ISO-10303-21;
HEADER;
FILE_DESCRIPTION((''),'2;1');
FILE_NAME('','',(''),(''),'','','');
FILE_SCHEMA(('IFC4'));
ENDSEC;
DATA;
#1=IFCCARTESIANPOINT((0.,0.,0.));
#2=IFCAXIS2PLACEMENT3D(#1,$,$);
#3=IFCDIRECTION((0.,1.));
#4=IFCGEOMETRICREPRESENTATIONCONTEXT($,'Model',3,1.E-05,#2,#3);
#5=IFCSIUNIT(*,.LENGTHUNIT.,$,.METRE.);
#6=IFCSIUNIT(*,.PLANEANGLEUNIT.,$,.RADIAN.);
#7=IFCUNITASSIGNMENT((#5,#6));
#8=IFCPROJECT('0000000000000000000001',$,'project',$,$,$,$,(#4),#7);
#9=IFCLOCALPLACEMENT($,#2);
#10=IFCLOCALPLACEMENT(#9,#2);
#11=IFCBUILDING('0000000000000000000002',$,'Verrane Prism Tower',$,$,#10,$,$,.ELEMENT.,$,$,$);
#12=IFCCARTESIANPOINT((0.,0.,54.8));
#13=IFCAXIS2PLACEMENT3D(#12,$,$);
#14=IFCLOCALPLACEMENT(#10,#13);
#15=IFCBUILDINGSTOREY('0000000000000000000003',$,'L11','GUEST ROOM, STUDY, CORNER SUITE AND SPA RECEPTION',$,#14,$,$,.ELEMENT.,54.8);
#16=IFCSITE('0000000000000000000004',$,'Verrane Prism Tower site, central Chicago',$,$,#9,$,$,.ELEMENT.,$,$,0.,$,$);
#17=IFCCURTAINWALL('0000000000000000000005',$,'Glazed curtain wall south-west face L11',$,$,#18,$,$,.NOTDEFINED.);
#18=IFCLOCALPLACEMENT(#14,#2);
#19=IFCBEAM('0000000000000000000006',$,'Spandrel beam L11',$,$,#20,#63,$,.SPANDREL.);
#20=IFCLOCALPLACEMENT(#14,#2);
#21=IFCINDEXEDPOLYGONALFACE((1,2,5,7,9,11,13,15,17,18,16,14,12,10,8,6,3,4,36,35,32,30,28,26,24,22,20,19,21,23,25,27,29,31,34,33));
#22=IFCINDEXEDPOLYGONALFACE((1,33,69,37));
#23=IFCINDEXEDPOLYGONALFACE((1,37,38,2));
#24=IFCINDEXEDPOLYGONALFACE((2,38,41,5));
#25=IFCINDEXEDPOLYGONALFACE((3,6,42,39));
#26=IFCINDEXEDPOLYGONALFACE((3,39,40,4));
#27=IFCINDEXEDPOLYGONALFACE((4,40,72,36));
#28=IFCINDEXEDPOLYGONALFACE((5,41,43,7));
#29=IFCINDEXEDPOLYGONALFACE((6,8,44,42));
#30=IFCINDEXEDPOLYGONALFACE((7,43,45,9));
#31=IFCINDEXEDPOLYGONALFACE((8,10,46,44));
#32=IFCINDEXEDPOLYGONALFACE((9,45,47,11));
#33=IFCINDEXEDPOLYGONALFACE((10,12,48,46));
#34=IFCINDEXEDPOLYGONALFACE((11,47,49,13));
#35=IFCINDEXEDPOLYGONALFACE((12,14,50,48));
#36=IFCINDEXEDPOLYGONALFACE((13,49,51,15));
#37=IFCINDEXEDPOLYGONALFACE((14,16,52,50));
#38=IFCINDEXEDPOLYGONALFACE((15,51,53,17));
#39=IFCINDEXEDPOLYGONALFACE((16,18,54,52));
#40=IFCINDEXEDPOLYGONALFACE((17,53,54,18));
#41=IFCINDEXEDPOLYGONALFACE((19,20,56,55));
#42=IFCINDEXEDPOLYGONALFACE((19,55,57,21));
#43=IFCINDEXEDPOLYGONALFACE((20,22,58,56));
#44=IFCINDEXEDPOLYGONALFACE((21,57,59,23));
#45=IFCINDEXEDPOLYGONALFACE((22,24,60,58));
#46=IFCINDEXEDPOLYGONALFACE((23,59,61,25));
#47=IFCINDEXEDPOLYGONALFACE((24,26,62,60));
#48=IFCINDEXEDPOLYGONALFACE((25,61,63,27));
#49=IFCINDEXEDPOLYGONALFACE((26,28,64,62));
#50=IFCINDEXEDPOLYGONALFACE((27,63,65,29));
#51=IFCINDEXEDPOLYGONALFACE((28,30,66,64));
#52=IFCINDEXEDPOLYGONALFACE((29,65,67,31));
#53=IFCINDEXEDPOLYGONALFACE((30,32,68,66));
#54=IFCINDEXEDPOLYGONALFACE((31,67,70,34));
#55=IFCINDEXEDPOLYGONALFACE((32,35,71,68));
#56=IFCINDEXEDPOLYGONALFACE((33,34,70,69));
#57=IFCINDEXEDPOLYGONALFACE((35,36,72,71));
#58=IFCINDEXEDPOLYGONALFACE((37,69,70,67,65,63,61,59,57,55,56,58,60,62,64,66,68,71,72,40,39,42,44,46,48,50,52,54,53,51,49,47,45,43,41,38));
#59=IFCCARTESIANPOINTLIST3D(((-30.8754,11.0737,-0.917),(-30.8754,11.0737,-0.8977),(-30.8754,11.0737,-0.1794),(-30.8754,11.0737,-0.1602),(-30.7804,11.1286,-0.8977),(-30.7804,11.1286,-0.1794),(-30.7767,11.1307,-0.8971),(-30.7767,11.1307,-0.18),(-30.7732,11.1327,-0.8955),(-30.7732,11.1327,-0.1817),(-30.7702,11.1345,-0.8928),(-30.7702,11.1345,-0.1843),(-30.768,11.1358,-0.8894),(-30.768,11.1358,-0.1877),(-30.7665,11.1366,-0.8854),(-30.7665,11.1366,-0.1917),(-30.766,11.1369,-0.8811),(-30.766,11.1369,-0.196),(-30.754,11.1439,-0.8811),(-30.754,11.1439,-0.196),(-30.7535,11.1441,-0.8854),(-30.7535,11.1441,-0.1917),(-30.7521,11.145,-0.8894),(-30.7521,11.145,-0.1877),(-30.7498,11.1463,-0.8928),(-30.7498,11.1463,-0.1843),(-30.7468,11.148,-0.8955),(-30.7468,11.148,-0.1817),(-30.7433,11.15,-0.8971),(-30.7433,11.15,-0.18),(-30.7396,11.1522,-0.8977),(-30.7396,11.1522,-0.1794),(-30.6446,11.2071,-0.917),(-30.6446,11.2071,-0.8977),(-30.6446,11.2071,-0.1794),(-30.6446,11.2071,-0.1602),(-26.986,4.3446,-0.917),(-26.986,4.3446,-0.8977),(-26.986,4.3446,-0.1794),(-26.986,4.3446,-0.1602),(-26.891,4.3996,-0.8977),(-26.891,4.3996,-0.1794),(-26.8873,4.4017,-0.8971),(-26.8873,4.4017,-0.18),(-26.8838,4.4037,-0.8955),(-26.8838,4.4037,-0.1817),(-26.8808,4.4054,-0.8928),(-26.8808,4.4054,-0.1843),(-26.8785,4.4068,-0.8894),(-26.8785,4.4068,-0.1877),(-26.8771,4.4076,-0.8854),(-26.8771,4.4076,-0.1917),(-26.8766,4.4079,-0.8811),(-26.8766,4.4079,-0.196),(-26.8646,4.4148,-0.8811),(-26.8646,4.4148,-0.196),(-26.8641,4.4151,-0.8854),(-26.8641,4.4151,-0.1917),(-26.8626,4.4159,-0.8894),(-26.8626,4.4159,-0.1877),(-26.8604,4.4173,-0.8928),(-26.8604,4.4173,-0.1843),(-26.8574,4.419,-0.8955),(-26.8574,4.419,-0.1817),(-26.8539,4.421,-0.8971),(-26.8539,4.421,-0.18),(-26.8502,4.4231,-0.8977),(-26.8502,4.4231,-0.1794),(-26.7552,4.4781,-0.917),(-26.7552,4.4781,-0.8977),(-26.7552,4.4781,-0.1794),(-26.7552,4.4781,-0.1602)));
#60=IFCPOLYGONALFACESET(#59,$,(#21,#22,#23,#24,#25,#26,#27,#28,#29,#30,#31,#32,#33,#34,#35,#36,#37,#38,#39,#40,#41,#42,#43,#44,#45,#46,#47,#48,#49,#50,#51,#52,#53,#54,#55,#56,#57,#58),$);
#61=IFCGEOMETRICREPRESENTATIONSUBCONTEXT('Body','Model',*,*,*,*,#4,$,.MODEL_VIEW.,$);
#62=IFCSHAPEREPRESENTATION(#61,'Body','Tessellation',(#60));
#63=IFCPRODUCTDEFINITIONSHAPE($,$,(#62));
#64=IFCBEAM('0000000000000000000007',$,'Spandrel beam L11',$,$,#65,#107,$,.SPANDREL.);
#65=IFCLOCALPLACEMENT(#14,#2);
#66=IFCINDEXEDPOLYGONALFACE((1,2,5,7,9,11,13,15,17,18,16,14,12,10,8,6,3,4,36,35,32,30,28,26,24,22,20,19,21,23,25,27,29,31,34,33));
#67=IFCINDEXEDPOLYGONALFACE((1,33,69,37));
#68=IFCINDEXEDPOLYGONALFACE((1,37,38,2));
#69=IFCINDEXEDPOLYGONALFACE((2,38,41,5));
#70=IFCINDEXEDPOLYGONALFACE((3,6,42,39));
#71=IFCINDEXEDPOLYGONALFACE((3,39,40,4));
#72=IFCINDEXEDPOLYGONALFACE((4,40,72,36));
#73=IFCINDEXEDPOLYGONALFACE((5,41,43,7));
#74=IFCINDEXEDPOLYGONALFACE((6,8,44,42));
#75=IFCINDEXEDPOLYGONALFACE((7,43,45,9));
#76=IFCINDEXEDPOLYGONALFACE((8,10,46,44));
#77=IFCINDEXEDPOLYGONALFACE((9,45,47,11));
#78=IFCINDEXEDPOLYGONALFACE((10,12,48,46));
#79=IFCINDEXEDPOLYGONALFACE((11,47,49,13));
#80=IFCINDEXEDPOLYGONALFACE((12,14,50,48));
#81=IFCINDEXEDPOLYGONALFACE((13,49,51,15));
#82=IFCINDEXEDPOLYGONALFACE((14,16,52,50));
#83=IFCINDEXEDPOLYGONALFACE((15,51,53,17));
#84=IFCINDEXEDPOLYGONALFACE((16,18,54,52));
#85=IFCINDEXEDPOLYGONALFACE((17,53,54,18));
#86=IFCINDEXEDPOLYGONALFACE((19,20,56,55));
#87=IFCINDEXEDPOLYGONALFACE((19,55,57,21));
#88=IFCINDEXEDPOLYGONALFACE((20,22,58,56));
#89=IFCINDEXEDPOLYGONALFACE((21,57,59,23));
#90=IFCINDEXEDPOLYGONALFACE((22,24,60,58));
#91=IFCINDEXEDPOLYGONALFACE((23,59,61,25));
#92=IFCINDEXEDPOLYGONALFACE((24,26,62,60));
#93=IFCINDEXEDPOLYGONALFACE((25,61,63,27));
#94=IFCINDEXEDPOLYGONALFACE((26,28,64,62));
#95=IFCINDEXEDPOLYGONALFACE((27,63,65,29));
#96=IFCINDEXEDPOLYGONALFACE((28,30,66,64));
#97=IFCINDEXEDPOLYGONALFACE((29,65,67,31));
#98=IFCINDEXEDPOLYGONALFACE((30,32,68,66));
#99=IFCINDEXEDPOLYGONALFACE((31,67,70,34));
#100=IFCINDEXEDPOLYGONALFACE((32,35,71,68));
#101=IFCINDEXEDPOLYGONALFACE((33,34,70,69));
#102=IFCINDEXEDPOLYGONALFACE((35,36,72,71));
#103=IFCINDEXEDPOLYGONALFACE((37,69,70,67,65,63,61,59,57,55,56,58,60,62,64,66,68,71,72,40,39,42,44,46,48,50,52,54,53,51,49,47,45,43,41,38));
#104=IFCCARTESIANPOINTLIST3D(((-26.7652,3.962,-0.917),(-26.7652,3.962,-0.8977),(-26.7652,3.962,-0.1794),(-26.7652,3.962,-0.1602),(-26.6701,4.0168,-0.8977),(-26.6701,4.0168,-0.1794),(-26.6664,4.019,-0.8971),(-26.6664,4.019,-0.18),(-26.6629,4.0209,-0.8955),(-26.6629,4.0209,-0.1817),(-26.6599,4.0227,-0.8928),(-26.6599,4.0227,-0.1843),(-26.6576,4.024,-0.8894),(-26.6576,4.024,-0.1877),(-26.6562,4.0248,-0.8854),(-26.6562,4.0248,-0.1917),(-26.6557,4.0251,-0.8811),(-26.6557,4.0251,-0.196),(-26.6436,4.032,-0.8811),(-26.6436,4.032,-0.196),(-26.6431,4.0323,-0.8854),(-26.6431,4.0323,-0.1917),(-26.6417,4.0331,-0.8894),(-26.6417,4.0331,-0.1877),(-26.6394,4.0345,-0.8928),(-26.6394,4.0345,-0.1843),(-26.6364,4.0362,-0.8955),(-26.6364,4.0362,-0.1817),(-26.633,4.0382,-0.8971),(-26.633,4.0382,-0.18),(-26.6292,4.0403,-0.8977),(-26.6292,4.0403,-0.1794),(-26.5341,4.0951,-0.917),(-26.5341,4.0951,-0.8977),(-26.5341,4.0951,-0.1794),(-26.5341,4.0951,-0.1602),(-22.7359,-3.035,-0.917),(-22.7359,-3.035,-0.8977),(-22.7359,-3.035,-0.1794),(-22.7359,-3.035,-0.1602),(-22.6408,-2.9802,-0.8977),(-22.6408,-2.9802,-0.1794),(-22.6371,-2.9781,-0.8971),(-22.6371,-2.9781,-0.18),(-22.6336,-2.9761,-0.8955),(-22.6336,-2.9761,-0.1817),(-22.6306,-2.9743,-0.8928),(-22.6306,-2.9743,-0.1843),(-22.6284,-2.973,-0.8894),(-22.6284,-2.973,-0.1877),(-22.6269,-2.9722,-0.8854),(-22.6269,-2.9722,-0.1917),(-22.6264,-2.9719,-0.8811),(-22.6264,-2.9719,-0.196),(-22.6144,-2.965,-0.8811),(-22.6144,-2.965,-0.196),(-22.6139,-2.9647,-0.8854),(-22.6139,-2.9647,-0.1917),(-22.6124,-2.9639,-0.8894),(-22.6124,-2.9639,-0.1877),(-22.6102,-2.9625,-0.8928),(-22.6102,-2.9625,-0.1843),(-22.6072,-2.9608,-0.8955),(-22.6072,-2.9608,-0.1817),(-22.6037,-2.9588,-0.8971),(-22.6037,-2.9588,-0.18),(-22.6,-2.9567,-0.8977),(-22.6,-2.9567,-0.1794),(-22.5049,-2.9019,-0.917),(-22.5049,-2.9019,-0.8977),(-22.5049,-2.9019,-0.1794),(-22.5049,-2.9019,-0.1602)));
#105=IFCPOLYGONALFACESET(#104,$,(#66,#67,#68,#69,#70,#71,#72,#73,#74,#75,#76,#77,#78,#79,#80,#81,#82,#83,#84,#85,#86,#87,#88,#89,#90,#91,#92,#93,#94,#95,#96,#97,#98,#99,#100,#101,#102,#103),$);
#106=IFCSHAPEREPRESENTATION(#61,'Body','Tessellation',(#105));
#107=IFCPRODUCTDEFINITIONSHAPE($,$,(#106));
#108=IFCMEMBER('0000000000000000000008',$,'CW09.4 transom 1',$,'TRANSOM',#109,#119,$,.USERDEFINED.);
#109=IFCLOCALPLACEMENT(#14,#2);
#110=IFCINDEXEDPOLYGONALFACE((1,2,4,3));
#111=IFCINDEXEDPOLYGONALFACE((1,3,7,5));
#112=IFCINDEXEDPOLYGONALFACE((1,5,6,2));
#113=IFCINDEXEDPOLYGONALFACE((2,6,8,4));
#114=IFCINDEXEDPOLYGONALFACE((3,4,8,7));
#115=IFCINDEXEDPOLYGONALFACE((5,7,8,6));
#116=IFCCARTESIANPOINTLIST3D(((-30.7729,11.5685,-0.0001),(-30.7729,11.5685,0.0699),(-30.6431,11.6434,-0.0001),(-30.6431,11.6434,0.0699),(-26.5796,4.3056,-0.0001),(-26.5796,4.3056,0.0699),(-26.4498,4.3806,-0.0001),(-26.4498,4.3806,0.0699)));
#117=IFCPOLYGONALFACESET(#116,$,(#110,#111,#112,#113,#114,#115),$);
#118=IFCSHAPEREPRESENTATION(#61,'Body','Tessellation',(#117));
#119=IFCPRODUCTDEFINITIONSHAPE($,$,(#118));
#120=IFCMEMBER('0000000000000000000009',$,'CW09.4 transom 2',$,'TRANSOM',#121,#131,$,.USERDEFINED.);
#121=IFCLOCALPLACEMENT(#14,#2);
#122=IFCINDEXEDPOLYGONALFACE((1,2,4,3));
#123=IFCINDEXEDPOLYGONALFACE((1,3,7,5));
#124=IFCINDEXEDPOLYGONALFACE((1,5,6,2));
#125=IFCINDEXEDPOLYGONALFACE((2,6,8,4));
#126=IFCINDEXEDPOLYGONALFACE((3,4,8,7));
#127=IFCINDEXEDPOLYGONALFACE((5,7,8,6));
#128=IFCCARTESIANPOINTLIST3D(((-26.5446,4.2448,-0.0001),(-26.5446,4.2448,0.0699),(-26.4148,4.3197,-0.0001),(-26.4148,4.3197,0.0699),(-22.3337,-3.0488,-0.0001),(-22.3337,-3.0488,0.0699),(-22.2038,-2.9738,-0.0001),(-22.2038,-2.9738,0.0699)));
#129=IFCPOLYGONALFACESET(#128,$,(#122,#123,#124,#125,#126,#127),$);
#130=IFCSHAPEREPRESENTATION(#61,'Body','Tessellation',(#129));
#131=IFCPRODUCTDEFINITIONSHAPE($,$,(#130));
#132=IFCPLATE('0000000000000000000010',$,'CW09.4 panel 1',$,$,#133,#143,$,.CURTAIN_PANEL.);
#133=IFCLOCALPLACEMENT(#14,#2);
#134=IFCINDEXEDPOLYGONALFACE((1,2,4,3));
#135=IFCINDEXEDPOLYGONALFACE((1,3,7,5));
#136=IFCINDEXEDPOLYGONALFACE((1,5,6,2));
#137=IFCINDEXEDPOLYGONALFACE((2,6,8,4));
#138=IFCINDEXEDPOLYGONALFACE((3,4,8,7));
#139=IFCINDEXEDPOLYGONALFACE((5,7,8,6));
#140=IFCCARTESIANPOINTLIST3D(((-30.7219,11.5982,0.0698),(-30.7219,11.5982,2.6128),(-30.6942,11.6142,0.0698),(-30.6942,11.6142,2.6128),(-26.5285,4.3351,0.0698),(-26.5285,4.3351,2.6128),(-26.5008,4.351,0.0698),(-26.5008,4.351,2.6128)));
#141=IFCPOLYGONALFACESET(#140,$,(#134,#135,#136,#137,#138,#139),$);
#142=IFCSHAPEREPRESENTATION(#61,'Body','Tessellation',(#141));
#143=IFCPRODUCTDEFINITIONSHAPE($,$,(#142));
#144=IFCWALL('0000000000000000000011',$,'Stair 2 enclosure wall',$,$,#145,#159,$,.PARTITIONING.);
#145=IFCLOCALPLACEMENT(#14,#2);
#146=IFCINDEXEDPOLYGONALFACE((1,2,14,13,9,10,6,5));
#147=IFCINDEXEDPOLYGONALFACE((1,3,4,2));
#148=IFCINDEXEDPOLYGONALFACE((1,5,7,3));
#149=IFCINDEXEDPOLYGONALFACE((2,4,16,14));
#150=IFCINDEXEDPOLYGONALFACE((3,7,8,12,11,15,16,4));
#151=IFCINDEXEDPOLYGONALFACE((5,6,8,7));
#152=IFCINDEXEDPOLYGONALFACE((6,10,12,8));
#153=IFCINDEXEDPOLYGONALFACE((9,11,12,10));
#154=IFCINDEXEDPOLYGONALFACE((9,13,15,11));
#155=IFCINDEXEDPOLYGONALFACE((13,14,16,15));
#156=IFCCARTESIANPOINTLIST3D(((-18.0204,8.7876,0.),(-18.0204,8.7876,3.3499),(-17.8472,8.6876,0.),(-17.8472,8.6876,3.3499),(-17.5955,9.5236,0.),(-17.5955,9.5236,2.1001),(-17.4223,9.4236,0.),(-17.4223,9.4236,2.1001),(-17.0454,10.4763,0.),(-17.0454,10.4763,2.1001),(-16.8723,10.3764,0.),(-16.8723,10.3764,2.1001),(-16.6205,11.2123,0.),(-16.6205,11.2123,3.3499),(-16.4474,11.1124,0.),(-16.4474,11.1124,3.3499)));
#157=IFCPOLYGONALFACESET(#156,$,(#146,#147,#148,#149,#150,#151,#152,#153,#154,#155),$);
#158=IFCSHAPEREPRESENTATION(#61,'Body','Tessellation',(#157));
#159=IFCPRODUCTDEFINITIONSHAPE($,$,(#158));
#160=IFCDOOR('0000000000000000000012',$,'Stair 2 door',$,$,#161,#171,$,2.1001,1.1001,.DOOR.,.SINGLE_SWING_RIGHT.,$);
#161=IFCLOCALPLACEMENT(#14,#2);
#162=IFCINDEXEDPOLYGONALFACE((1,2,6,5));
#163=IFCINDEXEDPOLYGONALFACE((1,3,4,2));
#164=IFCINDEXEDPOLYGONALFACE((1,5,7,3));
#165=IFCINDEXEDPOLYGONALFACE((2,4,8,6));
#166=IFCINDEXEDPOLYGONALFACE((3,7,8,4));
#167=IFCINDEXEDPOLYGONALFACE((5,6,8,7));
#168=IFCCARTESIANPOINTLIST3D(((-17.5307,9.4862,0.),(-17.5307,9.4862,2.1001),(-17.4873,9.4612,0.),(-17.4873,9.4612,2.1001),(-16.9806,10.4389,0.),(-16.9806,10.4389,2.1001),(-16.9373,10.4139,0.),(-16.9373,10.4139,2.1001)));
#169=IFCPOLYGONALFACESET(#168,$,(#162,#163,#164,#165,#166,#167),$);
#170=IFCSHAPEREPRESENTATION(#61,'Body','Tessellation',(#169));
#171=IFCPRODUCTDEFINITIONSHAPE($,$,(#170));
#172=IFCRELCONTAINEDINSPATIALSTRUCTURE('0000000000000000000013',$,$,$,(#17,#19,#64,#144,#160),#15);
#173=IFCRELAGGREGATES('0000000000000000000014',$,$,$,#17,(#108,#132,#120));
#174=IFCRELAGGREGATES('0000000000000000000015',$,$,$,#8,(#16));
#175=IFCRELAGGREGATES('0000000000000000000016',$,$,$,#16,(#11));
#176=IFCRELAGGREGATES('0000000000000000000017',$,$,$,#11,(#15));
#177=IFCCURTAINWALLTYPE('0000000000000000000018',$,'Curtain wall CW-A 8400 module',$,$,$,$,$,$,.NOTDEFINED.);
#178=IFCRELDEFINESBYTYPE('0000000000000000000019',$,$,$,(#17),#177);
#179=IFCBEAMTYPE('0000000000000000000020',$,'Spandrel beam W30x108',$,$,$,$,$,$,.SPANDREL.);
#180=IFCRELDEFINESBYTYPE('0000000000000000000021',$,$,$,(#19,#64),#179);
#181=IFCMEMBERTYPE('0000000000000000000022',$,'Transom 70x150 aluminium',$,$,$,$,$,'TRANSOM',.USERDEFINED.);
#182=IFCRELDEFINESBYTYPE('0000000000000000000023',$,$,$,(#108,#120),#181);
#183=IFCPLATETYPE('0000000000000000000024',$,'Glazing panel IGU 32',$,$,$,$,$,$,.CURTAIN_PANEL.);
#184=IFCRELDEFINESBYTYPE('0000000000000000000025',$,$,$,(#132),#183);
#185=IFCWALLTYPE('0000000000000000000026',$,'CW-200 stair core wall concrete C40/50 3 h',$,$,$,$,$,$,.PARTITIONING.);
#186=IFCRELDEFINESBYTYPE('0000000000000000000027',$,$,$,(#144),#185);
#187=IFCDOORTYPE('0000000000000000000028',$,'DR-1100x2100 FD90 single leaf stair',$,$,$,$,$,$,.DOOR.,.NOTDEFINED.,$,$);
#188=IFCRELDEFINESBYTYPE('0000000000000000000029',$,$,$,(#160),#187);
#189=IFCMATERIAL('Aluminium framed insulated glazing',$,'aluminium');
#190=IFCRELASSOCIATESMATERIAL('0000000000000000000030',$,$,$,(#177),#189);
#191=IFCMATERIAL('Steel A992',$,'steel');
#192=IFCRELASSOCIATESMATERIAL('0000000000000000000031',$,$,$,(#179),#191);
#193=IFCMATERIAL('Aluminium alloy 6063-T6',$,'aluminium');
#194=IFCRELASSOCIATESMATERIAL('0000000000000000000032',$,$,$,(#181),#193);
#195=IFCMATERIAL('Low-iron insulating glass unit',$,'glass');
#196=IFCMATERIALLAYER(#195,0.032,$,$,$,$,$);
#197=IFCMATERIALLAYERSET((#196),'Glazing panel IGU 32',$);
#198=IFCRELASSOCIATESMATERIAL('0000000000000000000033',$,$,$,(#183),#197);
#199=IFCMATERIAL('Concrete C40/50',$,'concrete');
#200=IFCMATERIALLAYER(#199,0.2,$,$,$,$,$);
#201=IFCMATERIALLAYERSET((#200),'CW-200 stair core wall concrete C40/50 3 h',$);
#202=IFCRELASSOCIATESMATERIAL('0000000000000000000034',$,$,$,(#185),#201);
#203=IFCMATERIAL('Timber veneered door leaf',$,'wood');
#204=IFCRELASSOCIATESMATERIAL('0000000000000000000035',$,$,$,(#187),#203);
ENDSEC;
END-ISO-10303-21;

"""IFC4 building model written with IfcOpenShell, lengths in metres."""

from ifc_helpers import new_model, si_unit, direction, frame, frame_2d, origin, origin_2d, place, context, subcontext, project, spatial, rectangle, i_section, extrude, material, layer, layer_set, material_profile, profile_set, type_object, element, fill, aggregate, save


model = new_model("IFC4")

# Units and contexts
model_context = context("Model", 3, precision=1e-05, world=origin(), true_north=direction((0.0, 1.0)))
body_context = subcontext(model_context, "Body", "Model", "MODEL_VIEW")
ifc_project = project(units=[si_unit("LENGTHUNIT", "METRE"), si_unit("PLANEANGLEUNIT", "RADIAN")], contexts=[model_context])

# Site, building, storey
site_placement = place(None, origin())
site = spatial("IfcSite", under=ifc_project, at=site_placement, Name="Verrane Prism Tower site, central Chicago", CompositionType="ELEMENT", RefElevation=0.0)
building_placement = place(site_placement, origin())
building = spatial("IfcBuilding", under=site, at=building_placement, Name="Verrane Prism Tower", CompositionType="ELEMENT")
storey_placement = place(building_placement, frame((0.0, 0.0, 54.8)))
storey = spatial("IfcBuildingStorey", under=building, at=storey_placement, Name="L11", Description="GUEST ROOM, STUDY, CORNER SUITE AND SPA RECEPTION", CompositionType="ELEMENT", Elevation=54.8)

# Curtain wall
ifc_material_1 = material(Name="Aluminium framed insulated glazing", Category="aluminium")
curtain_wall_type = type_object("IfcCurtainWallType", Name="Curtain wall CW-A 8400 module", PredefinedType="NOTDEFINED", material=ifc_material_1)
curtain_wall_placement = place(storey_placement, origin())
curtain_wall = element("IfcCurtainWall", 1, at=curtain_wall_placement, inside=storey, type_object=curtain_wall_type, Name="Glazed curtain wall south-west face L11", PredefinedType="NOTDEFINED")

# Beams
ifc_material_2 = material(Name="Steel A992", Category="steel")
ifc_material_profile_1 = material_profile(ifc_material_2, i_section(OverallWidth=0.2666, OverallDepth=0.7568, WebThickness=0.0139, FlangeThickness=0.0193, FilletRadius=0.0166, at=origin_2d()), Name="W30x108")
ifc_profile_set_1 = profile_set([ifc_material_profile_1], Name="Steel A992")
beam_type_1 = type_object("IfcBeamType", Name="Spandrel beam W30x108", PredefinedType="SPANDREL", material=ifc_profile_set_1)
beam_1_placement = place(storey_placement, frame((-30.76, 11.1404, -0.5386), z_axis=(0.500426, -0.865779, 0.0), x_axis=(0.865779, 0.500426, 0.0)))
element("IfcBeam", 2, at=beam_1_placement, inside=storey, type_object=beam_type_1, Name="Spandrel beam L11", PredefinedType="SPANDREL", context=body_context, shape_type="SweptSolid", body=[
    extrude(i_section(OverallWidth=0.2666, OverallDepth=0.7568, WebThickness=0.0139, FlangeThickness=0.0193, FilletRadius=0.0166, at=origin_2d()), origin(), (0.0, 0.0, 1.0), 7.7722),
])
beam_2_placement = place(storey_placement, frame((-26.6497, 4.0286, -0.5386), z_axis=(0.499028, -0.866586, 0.0), x_axis=(0.866586, 0.499028, 0.0)))
element("IfcBeam", 3, at=beam_2_placement, inside=storey, type_object=beam_type_1, Name="Spandrel beam L11", PredefinedType="SPANDREL", context=body_context, shape_type="SweptSolid", body=[
    extrude(i_section(OverallWidth=0.2666, OverallDepth=0.7568, WebThickness=0.0139, FlangeThickness=0.0193, FilletRadius=0.0166, at=origin_2d()), origin(), (0.0, 0.0, 1.0), 8.0742),
])

# Members
ifc_material_3 = material(Name="Aluminium alloy 6063-T6", Category="aluminium")
ifc_material_profile_2 = material_profile(ifc_material_3, rectangle(XDim=0.1499, YDim=0.0701, at=origin_2d()), Name="Transom 70x150 aluminium")
ifc_profile_set_2 = profile_set([ifc_material_profile_2], Name="Aluminium alloy 6063-T6")
member_type_1 = type_object("IfcMemberType", Name="Transom 70x150 aluminium", ElementType="TRANSOM", PredefinedType="USERDEFINED", material=ifc_profile_set_2)
member_1_placement = place(storey_placement, frame((-30.708, 11.606, 0.0349), z_axis=(0.500009, -0.86602, 0.0), x_axis=(0.86602, 0.500009, 0.0)))
member_1 = element("IfcMember", 4, at=member_1_placement, type_object=member_type_1, Name="CW09.4 transom 1", ObjectType="TRANSOM", PredefinedType="USERDEFINED", context=body_context, shape_type="SweptSolid", body=[
    extrude(rectangle(XDim=0.1499, YDim=0.0701, at=origin_2d()), origin(), (0.0, 0.0, 1.0), 8.3865),
])
member_2_placement = place(storey_placement, frame((-26.4797, 4.2822, 0.0349), z_axis=(0.500005, -0.866022, 0.0), x_axis=(0.866022, 0.500005, 0.0)))
member_2 = element("IfcMember", 5, at=member_2_placement, type_object=member_type_1, Name="CW09.4 transom 2", ObjectType="TRANSOM", PredefinedType="USERDEFINED", context=body_context, shape_type="SweptSolid", body=[
    extrude(rectangle(XDim=0.1499, YDim=0.0701, at=origin_2d()), origin(), (0.0, 0.0, 1.0), 8.4219),
])

# Plate
ifc_material_4 = material(Name="Low-iron insulating glass unit", Category="glass")
ifc_layer_1 = layer(ifc_material_4, 0.032)
ifc_layer_set_1 = layer_set([ifc_layer_1], Name="Glazing panel IGU 32")
plate_type = type_object("IfcPlateType", Name="Glazing panel IGU 32", PredefinedType="CURTAIN_PANEL", material=ifc_layer_set_1)
plate_placement = place(storey_placement, frame((-28.6113, 7.9746, 0.0698), z_axis=(0.0, 0.0, 1.0), x_axis=(0.499999, -0.866026, 0.0)))
plate = element("IfcPlate", 6, at=plate_placement, type_object=plate_type, Name="CW09.4 panel 1", PredefinedType="CURTAIN_PANEL", context=body_context, shape_type="SweptSolid", body=[
    extrude(rectangle(XDim=8.3867, YDim=0.032, at=origin_2d()), origin(), (0.0, 0.0, 1.0), 2.543),
])
aggregate(curtain_wall, [member_1, plate, member_2])

# Wall, opening, door
ifc_material_5 = material(Name="Concrete C40/50", Category="concrete")
ifc_layer_2 = layer(ifc_material_5, 0.2)
ifc_layer_set_2 = layer_set([ifc_layer_2], Name="CW-200 stair core wall concrete C40/50 3 h")
wall_type_1 = type_object("IfcWallType", Name="CW-200 stair core wall concrete C40/50 3 h", PredefinedType="PARTITIONING", material=ifc_layer_set_2)
wall_1_placement = place(storey_placement, frame((-16.5339, 11.1624, 0.0), z_axis=(0.0, 0.0, 1.0), x_axis=(-0.499984, -0.866035, 0.0)))
wall_1 = element("IfcWall", 7, at=wall_1_placement, inside=storey, type_object=wall_type_1, Name="Stair 2 enclosure wall", PredefinedType="PARTITIONING", context=body_context, shape_type="SweptSolid", body=[
    extrude(rectangle(XDim=2.7998, YDim=0.2, at=frame_2d((1.3999, 0.0))), origin(), (0.0, 0.0, 1.0), 3.3499),
])
opening_1_placement = place(wall_1_placement, frame((0.8499, 0.0, 0.0)))
opening_1 = element("IfcOpeningElement", 8, at=opening_1_placement, cuts=wall_1, PredefinedType="OPENING", context=body_context, shape_type="SweptSolid", body=[
    extrude(rectangle(XDim=1.1001, YDim=2.1001, at=frame_2d((0.55, 1.05))), frame((0.0, 0.1099, 0.0), z_axis=(0.0, -1.0, 0.0), x_axis=(1.0, 0.0, 0.0)), (0.0, 0.0, 1.0), 0.22),
])
ifc_material_6 = material(Name="Timber veneered door leaf", Category="wood")
door_type_1 = type_object("IfcDoorType", Name="DR-1100x2100 FD90 single leaf stair", OperationType="NOTDEFINED", PredefinedType="DOOR", material=ifc_material_6)
door_1_placement = place(opening_1_placement, origin())
door_1 = element("IfcDoor", 9, at=door_1_placement, inside=storey, type_object=door_type_1, Name="Stair 2 door", OperationType="SINGLE_SWING_RIGHT", OverallHeight=2.1001, OverallWidth=1.1001, PredefinedType="DOOR", context=body_context, shape_type="SweptSolid", body=[
    extrude(rectangle(XDim=1.1001, YDim=2.1001, at=frame_2d((0.55, 1.05))), frame((0.0, 0.0249, 0.0), z_axis=(0.0, -1.0, 0.0), x_axis=(1.0, 0.0, 0.0)), (0.0, 0.0, 1.0), 0.05),
])
fill(opening_1, door_1)

save(model, "model.ifc")
